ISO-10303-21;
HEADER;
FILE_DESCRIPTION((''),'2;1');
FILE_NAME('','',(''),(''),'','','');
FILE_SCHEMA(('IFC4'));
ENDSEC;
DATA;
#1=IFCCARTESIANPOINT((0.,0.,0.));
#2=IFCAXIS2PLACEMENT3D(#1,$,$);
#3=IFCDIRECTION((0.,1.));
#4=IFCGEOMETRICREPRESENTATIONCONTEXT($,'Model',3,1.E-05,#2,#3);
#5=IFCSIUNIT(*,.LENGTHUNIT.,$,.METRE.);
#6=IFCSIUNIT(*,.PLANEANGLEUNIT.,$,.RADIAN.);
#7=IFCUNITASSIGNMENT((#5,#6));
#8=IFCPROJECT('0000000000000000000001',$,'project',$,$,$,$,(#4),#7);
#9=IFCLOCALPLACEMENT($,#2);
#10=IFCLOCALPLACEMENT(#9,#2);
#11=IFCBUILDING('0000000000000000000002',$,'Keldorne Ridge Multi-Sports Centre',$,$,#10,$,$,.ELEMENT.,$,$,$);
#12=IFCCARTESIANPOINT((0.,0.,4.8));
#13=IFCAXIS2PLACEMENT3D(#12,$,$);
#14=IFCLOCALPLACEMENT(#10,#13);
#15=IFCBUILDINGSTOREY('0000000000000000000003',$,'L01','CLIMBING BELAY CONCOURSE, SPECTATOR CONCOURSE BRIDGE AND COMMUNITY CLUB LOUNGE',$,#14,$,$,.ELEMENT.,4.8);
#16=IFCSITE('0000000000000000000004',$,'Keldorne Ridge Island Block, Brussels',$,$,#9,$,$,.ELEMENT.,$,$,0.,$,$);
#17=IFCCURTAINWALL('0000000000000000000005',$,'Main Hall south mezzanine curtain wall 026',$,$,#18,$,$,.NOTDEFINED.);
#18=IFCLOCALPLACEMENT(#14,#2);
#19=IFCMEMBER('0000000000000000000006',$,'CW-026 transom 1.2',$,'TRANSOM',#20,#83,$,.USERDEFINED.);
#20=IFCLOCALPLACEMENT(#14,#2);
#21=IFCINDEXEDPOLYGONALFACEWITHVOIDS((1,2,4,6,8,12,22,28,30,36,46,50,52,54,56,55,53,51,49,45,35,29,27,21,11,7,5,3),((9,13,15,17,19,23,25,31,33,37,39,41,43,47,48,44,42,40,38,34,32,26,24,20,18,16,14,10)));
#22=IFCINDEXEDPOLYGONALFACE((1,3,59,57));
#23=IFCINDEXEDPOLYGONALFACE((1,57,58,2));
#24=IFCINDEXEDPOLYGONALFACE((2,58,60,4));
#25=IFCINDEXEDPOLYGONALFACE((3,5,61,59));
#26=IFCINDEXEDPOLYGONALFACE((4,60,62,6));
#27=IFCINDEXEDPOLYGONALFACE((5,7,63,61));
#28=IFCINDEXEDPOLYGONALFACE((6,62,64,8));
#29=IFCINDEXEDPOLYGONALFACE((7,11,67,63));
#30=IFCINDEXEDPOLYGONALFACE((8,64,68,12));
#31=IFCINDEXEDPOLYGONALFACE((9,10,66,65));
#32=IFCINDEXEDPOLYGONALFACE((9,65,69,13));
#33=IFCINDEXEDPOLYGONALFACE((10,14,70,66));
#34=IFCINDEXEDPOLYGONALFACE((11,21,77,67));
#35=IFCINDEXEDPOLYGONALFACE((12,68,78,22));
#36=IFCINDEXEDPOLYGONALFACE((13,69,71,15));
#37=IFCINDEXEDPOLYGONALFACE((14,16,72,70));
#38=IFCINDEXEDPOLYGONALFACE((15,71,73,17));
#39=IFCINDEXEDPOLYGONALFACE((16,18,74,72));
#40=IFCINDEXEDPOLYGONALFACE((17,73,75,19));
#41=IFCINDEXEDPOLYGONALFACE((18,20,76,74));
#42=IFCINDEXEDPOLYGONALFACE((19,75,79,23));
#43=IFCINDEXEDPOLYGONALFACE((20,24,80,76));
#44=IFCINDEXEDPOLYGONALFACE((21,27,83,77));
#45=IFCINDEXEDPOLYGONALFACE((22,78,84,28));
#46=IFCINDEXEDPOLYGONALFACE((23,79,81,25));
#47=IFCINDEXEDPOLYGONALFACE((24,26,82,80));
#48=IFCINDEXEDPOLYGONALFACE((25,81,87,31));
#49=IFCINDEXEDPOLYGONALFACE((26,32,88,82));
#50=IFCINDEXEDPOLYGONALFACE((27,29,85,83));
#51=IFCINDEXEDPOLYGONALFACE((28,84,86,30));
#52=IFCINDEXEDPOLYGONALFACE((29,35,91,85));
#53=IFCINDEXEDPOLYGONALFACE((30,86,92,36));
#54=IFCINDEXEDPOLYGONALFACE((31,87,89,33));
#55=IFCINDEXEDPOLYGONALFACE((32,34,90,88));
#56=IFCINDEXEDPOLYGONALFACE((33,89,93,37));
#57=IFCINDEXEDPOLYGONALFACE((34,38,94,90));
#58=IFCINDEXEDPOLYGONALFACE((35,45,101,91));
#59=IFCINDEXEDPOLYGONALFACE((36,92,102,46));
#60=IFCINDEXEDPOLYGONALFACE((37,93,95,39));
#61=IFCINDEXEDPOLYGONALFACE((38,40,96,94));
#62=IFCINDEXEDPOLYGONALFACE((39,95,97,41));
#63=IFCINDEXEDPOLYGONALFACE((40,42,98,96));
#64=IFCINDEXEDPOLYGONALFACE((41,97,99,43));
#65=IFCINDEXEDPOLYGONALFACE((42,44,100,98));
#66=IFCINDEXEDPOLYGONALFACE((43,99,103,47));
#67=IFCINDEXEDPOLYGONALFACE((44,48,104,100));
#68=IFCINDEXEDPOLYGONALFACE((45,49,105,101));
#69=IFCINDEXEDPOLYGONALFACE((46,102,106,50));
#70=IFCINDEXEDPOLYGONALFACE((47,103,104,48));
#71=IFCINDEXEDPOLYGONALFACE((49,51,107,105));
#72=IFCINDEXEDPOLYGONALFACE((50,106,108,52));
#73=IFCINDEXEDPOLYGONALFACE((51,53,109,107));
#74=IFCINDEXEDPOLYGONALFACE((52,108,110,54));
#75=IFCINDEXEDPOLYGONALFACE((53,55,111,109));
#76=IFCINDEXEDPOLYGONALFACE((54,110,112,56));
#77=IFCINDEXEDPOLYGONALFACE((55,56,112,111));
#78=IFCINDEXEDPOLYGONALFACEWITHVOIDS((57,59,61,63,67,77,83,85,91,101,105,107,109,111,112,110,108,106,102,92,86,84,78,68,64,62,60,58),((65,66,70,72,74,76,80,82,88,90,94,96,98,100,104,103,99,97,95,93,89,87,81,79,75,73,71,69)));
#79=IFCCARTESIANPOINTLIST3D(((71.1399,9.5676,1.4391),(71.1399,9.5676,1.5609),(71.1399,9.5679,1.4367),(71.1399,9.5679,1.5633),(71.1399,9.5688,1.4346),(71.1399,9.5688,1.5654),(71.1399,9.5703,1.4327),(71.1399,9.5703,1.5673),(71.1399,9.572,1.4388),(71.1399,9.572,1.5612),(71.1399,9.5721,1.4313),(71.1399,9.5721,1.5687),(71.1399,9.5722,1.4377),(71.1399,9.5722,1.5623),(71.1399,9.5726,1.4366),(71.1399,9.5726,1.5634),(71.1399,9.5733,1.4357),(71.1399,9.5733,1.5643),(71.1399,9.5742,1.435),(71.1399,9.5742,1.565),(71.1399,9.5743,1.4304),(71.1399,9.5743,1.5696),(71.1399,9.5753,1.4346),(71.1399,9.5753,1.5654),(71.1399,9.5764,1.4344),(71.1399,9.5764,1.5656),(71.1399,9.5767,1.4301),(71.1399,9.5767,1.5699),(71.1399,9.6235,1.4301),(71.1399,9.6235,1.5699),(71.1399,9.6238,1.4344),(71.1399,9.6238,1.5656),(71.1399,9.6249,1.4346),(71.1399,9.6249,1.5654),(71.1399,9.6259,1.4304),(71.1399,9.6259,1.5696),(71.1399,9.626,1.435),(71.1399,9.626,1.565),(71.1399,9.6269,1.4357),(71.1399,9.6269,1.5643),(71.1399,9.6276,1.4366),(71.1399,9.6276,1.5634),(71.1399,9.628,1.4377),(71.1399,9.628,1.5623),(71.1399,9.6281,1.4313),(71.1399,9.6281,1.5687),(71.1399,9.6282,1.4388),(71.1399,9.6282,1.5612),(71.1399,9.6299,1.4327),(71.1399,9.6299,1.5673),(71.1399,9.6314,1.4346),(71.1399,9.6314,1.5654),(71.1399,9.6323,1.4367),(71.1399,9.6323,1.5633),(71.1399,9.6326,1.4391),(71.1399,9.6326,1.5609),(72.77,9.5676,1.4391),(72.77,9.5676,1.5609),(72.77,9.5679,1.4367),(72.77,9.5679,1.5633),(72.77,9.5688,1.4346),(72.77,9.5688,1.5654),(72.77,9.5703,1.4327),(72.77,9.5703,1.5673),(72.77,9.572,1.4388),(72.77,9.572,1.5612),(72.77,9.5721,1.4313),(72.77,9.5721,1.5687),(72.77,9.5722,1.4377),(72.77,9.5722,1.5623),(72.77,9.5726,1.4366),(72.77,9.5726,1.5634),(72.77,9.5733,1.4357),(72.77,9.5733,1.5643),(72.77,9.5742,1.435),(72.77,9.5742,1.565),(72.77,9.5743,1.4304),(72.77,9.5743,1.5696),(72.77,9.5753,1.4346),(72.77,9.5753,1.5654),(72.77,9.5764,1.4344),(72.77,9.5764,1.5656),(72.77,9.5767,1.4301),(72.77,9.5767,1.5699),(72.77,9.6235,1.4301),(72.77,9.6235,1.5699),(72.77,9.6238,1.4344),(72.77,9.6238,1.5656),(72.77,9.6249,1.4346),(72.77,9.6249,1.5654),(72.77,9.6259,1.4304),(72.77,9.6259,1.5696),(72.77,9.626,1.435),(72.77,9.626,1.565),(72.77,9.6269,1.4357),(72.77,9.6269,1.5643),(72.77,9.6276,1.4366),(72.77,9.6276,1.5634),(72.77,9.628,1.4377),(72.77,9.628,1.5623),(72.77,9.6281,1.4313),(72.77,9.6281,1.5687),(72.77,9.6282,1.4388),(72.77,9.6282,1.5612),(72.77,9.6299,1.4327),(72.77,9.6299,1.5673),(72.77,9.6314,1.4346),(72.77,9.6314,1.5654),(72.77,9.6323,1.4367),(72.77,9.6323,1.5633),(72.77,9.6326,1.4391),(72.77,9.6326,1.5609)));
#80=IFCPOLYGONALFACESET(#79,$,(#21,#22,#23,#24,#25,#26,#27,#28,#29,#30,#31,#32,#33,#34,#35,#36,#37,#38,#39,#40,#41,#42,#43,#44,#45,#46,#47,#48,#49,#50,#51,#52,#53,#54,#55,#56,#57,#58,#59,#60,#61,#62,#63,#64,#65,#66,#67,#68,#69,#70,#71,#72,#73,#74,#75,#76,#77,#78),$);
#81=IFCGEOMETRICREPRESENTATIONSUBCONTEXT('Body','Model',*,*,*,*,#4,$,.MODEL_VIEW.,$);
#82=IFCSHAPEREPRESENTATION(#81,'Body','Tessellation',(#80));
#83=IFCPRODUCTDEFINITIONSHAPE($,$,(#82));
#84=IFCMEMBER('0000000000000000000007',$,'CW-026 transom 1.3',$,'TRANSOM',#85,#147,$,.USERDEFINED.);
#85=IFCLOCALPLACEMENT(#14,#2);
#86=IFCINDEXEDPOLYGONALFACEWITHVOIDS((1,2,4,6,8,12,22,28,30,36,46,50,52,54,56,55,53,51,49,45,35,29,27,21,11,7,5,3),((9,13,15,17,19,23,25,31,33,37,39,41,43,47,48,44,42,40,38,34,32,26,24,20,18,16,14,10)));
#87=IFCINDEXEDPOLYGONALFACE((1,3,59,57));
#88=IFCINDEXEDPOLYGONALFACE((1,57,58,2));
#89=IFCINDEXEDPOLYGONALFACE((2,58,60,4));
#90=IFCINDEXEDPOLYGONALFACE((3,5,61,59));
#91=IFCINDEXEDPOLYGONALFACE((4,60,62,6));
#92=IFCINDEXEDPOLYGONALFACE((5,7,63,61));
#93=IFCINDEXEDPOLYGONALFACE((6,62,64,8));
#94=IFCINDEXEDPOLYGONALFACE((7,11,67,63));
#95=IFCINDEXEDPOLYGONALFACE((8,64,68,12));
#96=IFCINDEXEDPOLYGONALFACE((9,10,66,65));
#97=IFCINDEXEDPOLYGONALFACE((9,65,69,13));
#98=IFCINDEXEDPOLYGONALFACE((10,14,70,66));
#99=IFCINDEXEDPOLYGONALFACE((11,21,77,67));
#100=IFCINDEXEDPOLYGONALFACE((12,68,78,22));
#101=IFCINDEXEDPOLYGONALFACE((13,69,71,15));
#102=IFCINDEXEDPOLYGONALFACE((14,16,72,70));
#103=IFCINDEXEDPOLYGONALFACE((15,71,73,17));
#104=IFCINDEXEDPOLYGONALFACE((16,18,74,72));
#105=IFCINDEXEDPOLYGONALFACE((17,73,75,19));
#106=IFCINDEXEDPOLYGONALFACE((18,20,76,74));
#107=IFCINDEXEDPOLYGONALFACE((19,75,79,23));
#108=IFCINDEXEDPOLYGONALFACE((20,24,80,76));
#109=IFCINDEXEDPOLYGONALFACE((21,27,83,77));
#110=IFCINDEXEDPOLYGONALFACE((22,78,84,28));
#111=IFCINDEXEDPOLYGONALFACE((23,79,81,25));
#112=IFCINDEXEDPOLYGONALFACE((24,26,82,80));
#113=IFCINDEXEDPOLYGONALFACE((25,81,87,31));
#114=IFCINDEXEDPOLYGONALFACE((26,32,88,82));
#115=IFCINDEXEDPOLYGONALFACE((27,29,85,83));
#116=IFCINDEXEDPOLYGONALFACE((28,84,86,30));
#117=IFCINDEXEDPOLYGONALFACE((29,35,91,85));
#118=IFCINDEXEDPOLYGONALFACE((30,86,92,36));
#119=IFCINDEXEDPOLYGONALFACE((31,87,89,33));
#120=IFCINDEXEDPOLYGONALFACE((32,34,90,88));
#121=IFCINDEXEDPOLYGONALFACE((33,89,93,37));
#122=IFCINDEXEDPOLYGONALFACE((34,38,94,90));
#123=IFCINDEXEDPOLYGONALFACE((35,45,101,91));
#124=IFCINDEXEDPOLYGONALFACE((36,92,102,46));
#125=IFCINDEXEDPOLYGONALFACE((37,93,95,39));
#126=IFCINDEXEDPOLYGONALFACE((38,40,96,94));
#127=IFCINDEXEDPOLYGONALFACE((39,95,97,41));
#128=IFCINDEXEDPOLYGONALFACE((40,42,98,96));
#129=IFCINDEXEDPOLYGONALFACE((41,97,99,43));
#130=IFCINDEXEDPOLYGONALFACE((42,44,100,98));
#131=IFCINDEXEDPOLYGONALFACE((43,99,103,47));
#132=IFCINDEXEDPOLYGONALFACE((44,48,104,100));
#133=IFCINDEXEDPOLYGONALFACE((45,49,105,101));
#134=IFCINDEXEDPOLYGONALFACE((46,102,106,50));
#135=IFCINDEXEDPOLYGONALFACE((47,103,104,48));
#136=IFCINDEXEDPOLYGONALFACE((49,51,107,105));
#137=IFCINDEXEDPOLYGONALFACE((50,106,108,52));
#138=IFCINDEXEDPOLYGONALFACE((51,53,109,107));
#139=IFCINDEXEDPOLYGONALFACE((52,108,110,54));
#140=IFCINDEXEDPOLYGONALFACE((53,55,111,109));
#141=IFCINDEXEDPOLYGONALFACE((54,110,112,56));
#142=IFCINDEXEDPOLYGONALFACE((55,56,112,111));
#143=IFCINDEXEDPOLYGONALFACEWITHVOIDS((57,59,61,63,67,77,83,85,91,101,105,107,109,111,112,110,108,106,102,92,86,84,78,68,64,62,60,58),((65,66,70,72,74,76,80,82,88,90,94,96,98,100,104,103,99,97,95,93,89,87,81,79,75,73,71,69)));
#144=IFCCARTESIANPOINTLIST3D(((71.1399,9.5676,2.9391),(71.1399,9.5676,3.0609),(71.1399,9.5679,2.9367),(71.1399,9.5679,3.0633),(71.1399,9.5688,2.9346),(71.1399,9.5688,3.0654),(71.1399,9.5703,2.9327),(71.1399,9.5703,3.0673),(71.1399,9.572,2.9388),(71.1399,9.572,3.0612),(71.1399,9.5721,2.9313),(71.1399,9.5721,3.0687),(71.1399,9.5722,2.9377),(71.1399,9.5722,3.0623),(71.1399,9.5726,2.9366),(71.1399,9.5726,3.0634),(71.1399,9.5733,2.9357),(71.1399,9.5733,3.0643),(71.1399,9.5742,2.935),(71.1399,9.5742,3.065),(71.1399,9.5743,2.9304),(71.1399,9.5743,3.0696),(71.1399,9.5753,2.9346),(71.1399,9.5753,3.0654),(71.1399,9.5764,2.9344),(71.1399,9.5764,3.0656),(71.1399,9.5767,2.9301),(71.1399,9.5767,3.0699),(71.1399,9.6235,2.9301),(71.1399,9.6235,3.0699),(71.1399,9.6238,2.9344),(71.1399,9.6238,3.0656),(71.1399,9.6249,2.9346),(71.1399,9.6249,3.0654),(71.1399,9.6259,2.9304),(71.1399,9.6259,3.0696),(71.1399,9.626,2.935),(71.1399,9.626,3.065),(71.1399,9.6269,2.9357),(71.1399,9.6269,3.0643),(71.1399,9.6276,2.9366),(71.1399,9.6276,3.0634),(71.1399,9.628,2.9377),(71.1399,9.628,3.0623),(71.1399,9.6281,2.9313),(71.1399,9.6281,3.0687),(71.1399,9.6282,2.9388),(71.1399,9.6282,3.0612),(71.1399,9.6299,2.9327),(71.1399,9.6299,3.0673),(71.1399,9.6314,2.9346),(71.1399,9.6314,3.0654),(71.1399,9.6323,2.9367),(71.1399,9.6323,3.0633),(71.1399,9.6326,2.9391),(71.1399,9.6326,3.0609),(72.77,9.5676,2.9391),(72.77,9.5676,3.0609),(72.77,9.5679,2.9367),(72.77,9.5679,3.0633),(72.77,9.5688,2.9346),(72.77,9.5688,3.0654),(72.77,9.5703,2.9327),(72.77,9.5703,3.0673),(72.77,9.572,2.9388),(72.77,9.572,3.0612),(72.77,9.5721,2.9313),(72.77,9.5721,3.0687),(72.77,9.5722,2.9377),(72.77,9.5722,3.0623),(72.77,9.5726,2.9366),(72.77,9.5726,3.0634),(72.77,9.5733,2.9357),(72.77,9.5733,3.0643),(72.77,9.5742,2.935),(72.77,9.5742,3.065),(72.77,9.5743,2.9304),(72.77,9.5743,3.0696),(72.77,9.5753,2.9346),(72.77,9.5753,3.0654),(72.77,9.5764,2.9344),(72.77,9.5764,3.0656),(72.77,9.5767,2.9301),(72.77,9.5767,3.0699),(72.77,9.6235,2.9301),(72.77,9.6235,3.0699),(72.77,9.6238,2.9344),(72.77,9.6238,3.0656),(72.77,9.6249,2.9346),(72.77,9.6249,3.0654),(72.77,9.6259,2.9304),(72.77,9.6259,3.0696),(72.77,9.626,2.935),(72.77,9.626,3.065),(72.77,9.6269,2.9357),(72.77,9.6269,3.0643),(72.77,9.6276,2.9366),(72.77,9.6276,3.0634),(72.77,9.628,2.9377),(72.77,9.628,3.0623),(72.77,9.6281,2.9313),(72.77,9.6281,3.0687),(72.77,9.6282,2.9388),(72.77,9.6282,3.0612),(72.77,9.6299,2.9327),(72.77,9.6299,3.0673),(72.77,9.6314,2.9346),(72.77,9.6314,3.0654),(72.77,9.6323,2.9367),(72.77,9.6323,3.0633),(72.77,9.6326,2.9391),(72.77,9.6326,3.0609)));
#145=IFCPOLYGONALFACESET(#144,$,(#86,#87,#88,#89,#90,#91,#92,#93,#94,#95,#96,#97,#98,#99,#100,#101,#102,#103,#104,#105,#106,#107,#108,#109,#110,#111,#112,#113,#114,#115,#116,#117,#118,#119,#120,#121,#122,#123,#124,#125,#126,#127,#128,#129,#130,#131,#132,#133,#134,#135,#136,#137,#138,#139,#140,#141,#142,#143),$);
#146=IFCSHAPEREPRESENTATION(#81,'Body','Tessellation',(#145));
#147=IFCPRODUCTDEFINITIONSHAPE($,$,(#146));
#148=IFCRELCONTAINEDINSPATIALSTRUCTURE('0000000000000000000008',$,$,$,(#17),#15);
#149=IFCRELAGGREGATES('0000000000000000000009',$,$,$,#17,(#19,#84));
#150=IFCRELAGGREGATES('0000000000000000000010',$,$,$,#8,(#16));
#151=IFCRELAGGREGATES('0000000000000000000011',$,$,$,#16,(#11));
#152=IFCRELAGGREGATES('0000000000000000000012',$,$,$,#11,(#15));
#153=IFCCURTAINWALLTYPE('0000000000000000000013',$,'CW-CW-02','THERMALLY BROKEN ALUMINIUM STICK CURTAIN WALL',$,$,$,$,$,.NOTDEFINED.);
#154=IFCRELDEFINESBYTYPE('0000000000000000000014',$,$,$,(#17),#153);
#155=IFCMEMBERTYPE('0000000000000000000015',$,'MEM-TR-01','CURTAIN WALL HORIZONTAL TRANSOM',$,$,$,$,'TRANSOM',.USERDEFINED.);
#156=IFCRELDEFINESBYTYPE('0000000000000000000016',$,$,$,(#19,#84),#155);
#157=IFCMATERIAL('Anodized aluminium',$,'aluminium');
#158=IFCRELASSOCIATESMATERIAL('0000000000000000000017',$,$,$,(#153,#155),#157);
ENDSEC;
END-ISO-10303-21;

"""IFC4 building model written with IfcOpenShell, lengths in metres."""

from ifc_helpers import new_model, si_unit, direction, frame, origin, origin_2d, place, context, subcontext, project, spatial, hollow_rectangle, extrude, material, material_profile, profile_set, type_object, element, aggregate, save


model = new_model("IFC4")

# Units and contexts
model_context = context("Model", 3, precision=1e-05, world=origin(), true_north=direction((0.0, 1.0)))
body_context = subcontext(model_context, "Body", "Model", "MODEL_VIEW")
ifc_project = project(units=[si_unit("LENGTHUNIT", "METRE"), si_unit("PLANEANGLEUNIT", "RADIAN")], contexts=[model_context])

# Site, building, storey
site_placement = place(None, origin())
site = spatial("IfcSite", under=ifc_project, at=site_placement, Name="Keldorne Ridge Island Block, Brussels", CompositionType="ELEMENT", RefElevation=0.0)
building_placement = place(site_placement, origin())
building = spatial("IfcBuilding", under=site, at=building_placement, Name="Keldorne Ridge Multi-Sports Centre", CompositionType="ELEMENT")
storey_placement = place(building_placement, frame((0.0, 0.0, 4.8)))
storey = spatial("IfcBuildingStorey", under=building, at=storey_placement, Name="L01", Description="CLIMBING BELAY CONCOURSE, SPECTATOR CONCOURSE BRIDGE AND COMMUNITY CLUB LOUNGE", CompositionType="ELEMENT", Elevation=4.8)

# Curtain wall, members
ifc_material_1 = material(Name="Anodized aluminium", Category="aluminium")
curtain_wall_type = type_object("IfcCurtainWallType", Name="CW-CW-02", Description="THERMALLY BROKEN ALUMINIUM STICK CURTAIN WALL", PredefinedType="NOTDEFINED", material=ifc_material_1)
curtain_wall_placement = place(storey_placement, origin())
curtain_wall = element("IfcCurtainWall", 1, at=curtain_wall_placement, inside=storey, type_object=curtain_wall_type, Name="Main Hall south mezzanine curtain wall 026", PredefinedType="NOTDEFINED")
ifc_material_profile_1 = material_profile(ifc_material_1, hollow_rectangle(XDim=0.0649, YDim=0.1399, WallThickness=0.0044, InnerFilletRadius=0.0044, OuterFilletRadius=0.009, at=origin_2d()), Name="ALU TRANSOM 140x65x4.5")
ifc_profile_set_1 = profile_set([ifc_material_profile_1], Name="Anodized aluminium")
member_type_1 = type_object("IfcMemberType", Name="MEM-TR-01", Description="CURTAIN WALL HORIZONTAL TRANSOM", ElementType="TRANSOM", PredefinedType="USERDEFINED", material=ifc_profile_set_1)
member_1_placement = place(storey_placement, frame((71.1399, 9.6001, 1.5), z_axis=(1.0, 0.0, 0.0), x_axis=(0.0, 1.0, 0.0)))
member_1 = element("IfcMember", 2, at=member_1_placement, type_object=member_type_1, Name="CW-026 transom 1.2", ObjectType="TRANSOM", PredefinedType="USERDEFINED", context=body_context, shape_type="SweptSolid", body=[
    extrude(hollow_rectangle(XDim=0.0649, YDim=0.1399, WallThickness=0.0044, InnerFilletRadius=0.0044, OuterFilletRadius=0.009, at=origin_2d()), origin(), (0.0, 0.0, 1.0), 1.6301),
])
member_2_placement = place(storey_placement, frame((71.1399, 9.6001, 3.0), z_axis=(1.0, 0.0, 0.0), x_axis=(0.0, 1.0, 0.0)))
member_2 = element("IfcMember", 3, at=member_2_placement, type_object=member_type_1, Name="CW-026 transom 1.3", ObjectType="TRANSOM", PredefinedType="USERDEFINED", context=body_context, shape_type="SweptSolid", body=[
    extrude(hollow_rectangle(XDim=0.0649, YDim=0.1399, WallThickness=0.0044, InnerFilletRadius=0.0044, OuterFilletRadius=0.009, at=origin_2d()), origin(), (0.0, 0.0, 1.0), 1.6301),
])
aggregate(curtain_wall, [member_1, member_2])

save(model, "model.ifc")
